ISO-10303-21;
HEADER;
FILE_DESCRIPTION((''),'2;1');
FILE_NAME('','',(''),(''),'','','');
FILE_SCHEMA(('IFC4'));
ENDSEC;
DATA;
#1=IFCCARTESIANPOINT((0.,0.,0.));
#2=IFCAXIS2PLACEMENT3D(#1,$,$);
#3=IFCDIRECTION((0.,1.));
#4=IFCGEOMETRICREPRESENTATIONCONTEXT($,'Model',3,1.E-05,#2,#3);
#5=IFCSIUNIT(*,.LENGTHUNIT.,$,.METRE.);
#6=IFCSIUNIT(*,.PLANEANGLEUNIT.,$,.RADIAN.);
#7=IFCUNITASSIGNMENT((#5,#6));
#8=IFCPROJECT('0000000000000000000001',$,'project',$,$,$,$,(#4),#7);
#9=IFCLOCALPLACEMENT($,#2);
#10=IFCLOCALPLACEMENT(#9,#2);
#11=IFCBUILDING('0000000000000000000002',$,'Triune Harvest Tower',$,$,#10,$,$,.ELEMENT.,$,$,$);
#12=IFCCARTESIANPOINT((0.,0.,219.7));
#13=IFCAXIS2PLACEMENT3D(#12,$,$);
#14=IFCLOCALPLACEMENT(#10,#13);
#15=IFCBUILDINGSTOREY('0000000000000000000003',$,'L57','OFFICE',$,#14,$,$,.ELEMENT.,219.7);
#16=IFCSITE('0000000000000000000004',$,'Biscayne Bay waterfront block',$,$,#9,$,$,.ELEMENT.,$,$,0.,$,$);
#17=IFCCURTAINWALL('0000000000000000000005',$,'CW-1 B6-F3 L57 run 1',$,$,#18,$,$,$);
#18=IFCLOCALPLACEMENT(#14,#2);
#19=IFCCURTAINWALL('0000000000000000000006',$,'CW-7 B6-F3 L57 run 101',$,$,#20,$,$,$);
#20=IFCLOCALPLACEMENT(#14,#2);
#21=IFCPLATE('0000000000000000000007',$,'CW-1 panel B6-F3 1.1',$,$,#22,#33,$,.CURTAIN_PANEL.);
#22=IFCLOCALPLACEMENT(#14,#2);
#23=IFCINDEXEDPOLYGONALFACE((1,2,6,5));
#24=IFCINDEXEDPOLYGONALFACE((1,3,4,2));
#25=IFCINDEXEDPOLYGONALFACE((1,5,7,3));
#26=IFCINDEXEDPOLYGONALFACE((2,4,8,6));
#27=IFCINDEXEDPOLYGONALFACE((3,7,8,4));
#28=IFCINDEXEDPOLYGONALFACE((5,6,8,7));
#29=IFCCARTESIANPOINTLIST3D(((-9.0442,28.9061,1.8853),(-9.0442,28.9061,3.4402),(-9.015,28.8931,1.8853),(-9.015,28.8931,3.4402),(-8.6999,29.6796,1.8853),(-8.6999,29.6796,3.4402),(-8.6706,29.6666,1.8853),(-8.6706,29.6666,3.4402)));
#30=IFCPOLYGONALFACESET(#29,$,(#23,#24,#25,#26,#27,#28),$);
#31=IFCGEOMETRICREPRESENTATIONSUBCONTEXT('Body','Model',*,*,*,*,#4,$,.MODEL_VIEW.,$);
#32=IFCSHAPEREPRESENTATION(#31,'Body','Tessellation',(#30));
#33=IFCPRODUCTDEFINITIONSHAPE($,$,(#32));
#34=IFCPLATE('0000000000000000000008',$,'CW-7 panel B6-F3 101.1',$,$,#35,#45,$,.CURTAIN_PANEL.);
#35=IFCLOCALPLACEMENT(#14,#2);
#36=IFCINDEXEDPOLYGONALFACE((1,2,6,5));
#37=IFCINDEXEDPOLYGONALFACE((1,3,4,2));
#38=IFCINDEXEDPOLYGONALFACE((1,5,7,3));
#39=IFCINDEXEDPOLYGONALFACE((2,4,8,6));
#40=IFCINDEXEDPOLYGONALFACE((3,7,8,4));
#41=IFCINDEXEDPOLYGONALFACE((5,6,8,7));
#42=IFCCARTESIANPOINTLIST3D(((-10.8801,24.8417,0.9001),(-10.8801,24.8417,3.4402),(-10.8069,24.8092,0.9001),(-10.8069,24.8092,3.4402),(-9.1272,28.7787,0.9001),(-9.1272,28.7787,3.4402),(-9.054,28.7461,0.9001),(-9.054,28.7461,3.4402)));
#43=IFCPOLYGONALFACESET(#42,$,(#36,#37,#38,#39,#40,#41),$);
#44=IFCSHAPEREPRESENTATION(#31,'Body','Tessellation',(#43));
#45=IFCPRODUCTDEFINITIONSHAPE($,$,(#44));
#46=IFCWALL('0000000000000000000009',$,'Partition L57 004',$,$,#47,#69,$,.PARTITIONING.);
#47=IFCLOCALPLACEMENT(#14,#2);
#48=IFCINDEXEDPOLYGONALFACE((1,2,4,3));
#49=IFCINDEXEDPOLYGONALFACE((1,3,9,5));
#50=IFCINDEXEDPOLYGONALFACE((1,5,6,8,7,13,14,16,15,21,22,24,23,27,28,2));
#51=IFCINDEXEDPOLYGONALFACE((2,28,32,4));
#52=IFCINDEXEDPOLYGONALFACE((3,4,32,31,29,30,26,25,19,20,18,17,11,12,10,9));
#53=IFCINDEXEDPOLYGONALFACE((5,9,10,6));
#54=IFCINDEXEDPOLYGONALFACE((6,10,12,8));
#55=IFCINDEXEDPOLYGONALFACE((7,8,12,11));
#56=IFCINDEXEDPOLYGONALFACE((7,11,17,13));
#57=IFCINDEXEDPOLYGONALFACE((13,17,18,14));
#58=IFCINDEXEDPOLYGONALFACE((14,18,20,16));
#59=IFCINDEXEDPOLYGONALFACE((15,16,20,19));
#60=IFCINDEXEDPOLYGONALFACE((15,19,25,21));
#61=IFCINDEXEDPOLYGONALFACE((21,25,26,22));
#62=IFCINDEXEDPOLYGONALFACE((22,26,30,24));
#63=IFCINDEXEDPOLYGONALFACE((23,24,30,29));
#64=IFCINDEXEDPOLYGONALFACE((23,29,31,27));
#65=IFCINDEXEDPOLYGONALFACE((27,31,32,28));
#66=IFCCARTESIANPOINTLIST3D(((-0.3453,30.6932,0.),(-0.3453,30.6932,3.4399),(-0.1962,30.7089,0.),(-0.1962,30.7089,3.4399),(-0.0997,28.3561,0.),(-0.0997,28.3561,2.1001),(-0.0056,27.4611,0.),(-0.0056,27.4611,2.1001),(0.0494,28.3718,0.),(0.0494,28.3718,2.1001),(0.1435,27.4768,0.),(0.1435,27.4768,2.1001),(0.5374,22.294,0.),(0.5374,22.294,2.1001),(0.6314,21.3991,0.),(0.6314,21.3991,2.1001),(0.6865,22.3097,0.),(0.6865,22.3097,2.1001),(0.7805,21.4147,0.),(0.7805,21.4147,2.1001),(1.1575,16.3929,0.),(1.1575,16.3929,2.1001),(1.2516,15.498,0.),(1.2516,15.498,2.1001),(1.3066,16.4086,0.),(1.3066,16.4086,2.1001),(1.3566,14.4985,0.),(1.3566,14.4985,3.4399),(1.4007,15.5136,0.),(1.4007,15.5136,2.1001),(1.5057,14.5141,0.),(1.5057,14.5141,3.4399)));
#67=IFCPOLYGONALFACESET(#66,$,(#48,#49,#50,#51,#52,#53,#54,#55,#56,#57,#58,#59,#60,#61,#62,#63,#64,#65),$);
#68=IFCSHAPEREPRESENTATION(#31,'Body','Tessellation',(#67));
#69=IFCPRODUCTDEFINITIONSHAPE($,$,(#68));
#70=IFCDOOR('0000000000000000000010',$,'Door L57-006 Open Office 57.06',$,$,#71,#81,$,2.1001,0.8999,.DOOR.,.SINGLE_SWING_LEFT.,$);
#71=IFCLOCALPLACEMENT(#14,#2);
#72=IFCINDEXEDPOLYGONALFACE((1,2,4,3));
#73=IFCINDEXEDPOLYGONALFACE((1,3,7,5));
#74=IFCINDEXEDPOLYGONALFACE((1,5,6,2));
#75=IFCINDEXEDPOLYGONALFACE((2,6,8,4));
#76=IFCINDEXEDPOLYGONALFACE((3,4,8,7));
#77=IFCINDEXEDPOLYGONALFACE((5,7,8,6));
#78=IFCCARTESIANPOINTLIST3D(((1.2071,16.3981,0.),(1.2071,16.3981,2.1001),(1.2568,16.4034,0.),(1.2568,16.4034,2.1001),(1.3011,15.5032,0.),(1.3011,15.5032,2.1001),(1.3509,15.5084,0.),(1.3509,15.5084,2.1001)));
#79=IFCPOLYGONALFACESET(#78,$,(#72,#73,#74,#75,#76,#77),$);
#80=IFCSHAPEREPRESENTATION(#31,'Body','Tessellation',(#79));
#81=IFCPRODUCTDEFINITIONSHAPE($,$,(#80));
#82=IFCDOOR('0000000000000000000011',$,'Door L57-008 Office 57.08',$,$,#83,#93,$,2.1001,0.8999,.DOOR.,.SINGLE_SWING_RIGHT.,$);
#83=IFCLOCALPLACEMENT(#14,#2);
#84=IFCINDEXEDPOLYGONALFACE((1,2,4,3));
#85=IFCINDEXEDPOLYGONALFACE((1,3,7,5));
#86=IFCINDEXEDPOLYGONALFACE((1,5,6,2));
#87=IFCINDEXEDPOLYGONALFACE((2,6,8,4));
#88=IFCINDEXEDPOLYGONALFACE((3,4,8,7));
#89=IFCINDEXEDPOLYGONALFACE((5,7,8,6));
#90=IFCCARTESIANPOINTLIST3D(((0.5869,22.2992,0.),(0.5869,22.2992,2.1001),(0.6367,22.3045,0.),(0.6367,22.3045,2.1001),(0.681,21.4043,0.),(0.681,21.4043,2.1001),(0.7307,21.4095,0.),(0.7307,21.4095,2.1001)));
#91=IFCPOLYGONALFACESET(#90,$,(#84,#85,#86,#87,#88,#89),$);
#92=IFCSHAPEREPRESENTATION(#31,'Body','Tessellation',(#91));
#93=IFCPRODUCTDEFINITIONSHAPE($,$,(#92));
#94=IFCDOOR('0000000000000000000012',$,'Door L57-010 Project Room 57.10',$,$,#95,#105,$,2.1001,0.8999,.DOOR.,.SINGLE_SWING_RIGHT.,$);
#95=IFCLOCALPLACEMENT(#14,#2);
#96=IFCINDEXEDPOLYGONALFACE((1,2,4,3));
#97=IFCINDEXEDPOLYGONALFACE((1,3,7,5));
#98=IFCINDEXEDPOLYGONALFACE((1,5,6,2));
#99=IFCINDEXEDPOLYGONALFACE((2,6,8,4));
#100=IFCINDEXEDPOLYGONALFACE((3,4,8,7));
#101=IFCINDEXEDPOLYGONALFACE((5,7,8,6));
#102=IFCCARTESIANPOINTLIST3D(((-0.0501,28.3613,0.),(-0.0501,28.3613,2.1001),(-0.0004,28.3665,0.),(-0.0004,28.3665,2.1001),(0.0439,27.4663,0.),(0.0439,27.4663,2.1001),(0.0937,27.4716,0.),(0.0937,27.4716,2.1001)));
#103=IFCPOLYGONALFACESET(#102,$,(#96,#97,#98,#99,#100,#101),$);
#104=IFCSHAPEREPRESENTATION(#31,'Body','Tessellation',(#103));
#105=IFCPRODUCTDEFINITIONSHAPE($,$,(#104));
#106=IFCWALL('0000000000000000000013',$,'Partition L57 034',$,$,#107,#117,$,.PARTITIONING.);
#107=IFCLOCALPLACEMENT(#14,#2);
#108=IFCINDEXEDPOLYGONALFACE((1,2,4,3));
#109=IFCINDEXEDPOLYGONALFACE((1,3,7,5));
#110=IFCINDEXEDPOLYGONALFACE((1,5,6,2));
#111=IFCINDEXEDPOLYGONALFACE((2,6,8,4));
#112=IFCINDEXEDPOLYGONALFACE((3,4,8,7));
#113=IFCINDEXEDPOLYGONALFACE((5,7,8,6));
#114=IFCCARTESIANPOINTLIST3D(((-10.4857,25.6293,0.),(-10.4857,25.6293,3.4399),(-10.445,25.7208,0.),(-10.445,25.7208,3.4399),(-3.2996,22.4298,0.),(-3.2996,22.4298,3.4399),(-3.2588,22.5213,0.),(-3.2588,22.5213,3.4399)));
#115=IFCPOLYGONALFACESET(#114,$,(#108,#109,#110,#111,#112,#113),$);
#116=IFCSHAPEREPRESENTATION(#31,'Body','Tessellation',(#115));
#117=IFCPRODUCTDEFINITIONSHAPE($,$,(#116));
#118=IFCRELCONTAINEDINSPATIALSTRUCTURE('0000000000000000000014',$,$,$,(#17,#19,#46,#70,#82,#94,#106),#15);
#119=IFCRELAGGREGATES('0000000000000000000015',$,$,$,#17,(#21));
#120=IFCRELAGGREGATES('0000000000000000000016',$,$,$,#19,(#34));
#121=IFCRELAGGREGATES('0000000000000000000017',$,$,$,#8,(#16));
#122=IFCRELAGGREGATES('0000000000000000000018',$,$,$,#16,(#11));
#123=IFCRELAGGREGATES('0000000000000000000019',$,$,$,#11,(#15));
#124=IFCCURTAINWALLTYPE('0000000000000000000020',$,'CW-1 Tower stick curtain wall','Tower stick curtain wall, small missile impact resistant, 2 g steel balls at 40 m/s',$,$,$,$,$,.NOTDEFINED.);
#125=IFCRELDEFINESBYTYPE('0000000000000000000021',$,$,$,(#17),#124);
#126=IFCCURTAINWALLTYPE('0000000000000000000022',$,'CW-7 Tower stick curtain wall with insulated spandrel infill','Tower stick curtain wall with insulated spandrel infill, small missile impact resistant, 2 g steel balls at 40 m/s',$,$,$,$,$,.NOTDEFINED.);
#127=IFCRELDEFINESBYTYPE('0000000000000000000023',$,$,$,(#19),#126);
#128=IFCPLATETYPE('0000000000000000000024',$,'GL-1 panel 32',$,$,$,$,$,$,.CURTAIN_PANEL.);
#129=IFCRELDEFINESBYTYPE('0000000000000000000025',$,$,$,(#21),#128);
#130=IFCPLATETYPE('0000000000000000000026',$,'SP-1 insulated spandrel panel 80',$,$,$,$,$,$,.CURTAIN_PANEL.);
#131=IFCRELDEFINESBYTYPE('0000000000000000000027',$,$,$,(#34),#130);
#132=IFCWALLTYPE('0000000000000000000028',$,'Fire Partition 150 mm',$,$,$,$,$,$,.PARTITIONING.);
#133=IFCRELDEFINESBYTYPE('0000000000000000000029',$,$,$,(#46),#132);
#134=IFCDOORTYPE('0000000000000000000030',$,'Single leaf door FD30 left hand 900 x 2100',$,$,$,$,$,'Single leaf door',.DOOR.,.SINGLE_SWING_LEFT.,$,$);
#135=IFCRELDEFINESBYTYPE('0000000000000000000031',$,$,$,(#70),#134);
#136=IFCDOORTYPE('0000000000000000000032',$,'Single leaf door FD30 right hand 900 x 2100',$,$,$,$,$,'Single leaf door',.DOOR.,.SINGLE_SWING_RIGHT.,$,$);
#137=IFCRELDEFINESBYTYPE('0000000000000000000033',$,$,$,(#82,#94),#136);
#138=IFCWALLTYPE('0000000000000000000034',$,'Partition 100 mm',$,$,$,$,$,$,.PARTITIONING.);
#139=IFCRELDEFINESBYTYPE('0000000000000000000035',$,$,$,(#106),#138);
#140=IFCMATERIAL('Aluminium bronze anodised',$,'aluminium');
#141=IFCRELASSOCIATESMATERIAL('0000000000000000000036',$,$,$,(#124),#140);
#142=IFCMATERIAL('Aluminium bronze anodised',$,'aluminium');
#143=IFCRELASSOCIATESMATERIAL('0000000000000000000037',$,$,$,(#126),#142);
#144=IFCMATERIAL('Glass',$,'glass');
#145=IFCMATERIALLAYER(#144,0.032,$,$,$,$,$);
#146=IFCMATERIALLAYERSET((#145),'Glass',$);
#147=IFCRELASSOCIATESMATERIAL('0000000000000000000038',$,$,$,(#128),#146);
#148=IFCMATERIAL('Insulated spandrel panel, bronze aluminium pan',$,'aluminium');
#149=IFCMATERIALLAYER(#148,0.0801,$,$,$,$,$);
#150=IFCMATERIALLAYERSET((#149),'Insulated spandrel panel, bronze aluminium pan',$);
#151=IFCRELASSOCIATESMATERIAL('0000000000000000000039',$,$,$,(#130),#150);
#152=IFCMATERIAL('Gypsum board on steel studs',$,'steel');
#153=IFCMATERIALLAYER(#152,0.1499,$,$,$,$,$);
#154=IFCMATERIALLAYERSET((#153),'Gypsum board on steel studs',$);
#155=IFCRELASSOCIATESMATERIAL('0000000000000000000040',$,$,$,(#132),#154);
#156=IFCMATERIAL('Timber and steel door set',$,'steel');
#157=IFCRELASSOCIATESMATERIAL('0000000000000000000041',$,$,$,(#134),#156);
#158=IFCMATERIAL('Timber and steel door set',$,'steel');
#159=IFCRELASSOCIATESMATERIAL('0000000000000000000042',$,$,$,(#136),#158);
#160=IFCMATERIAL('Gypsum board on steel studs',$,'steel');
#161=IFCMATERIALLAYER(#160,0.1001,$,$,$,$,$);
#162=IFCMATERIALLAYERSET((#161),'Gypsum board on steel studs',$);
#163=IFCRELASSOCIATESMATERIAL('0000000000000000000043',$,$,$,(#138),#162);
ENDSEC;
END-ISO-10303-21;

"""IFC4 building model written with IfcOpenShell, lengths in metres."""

from ifc_helpers import new_model, si_unit, direction, frame, frame_2d, origin, origin_2d, place, context, subcontext, project, spatial, rectangle, extrude, source, transform, mapped, material, layer, layer_set, type_object, element, fill, aggregate, save


model = new_model("IFC4")

# Units and contexts
model_context = context("Model", 3, precision=1e-05, world=origin(), true_north=direction((0.0, 1.0)))
body_context = subcontext(model_context, "Body", "Model", "MODEL_VIEW")
ifc_project = project(units=[si_unit("LENGTHUNIT", "METRE"), si_unit("PLANEANGLEUNIT", "RADIAN")], contexts=[model_context])

# Site, building, storey
site_placement = place(None, origin())
site = spatial("IfcSite", under=ifc_project, at=site_placement, Name="Biscayne Bay waterfront block", CompositionType="ELEMENT", RefElevation=0.0)
building_placement = place(site_placement, origin())
building = spatial("IfcBuilding", under=site, at=building_placement, Name="Triune Harvest Tower", CompositionType="ELEMENT")
storey_placement = place(building_placement, frame((0.0, 0.0, 219.7)))
storey = spatial("IfcBuildingStorey", under=building, at=storey_placement, Name="L57", Description="OFFICE", CompositionType="ELEMENT", Elevation=219.7)

# Curtain wall
ifc_material_1 = material(Name="Aluminium bronze anodised", Category="aluminium")
curtain_wall_type_1 = type_object("IfcCurtainWallType", Name="CW-1 Tower stick curtain wall", Description="Tower stick curtain wall, small missile impact resistant, 2 g steel balls at 40 m/s", PredefinedType="NOTDEFINED", material=ifc_material_1)
curtain_wall_1_placement = place(storey_placement, origin())
curtain_wall_1 = element("IfcCurtainWall", 1, at=curtain_wall_1_placement, inside=storey, type_object=curtain_wall_type_1, Name="CW-1 B6-F3 L57 run 1")

# Curtain wall
ifc_material_2 = material(Name="Aluminium bronze anodised", Category="aluminium")
curtain_wall_type_2 = type_object("IfcCurtainWallType", Name="CW-7 Tower stick curtain wall with insulated spandrel infill", Description="Tower stick curtain wall with insulated spandrel infill, small missile impact resistant, 2 g steel balls at 40 m/s", PredefinedType="NOTDEFINED", material=ifc_material_2)
curtain_wall_2_placement = place(storey_placement, origin())
curtain_wall_2 = element("IfcCurtainWall", 2, at=curtain_wall_2_placement, inside=storey, type_object=curtain_wall_type_2, Name="CW-7 B6-F3 L57 run 101")

# Plates
ifc_material_3 = material(Name="Glass", Category="glass")
ifc_layer_1 = layer(ifc_material_3, 0.032)
ifc_layer_set_1 = layer_set([ifc_layer_1], Name="Glass")
plate_type_1 = type_object("IfcPlateType", Name="GL-1 panel 32", PredefinedType="CURTAIN_PANEL", material=ifc_layer_set_1)
shared_shape_1 = source(origin(), body_context, "Body", "SweptSolid", [
    extrude(rectangle(XDim=0.8467, YDim=0.032, at=origin_2d()), origin(), (0.0, 0.0, 1.0), 1.5549),
])
plate_1_placement = place(storey_placement, frame((-8.8574, 29.2864, 1.8853), z_axis=(0.0, 0.0, 1.0), x_axis=(-0.406716, -0.913555, 0.0)))
plate_1 = element("IfcPlate", 3, at=plate_1_placement, type_object=plate_type_1, Name="CW-1 panel B6-F3 1.1", PredefinedType="CURTAIN_PANEL", context=body_context, shape_type="MappedRepresentation", body=[
    mapped(shared_shape_1, transform((0.0, 0.0, 0.0), scale=1.0)),
])
aggregate(curtain_wall_1, [plate_1])
ifc_material_4 = material(Name="Insulated spandrel panel, bronze aluminium pan", Category="aluminium")
ifc_layer_2 = layer(ifc_material_4, 0.0801)
ifc_layer_set_2 = layer_set([ifc_layer_2], Name="Insulated spandrel panel, bronze aluminium pan")
plate_type_2 = type_object("IfcPlateType", Name="SP-1 insulated spandrel panel 80", PredefinedType="CURTAIN_PANEL", material=ifc_layer_set_2)
shared_shape_2 = source(origin(), body_context, "Body", "SweptSolid", [
    extrude(rectangle(XDim=4.3096, YDim=0.0801, at=origin_2d()), origin(), (0.0, 0.0, 1.0), 2.54),
])
plate_2_placement = place(storey_placement, frame((-9.967, 26.7939, 0.9001), z_axis=(0.0, 0.0, 1.0), x_axis=(-0.406743, -0.913543, 0.0)))
plate_2 = element("IfcPlate", 4, at=plate_2_placement, type_object=plate_type_2, Name="CW-7 panel B6-F3 101.1", PredefinedType="CURTAIN_PANEL", context=body_context, shape_type="MappedRepresentation", body=[
    mapped(shared_shape_2, transform((0.0, 0.0, 0.0), scale=1.0)),
])
aggregate(curtain_wall_2, [plate_2])

# Wall, openings, doors
ifc_material_5 = material(Name="Gypsum board on steel studs", Category="steel")
ifc_layer_3 = layer(ifc_material_5, 0.1499)
ifc_layer_set_3 = layer_set([ifc_layer_3], Name="Gypsum board on steel studs")
wall_type_1 = type_object("IfcWallType", Name="Fire Partition 150 mm", PredefinedType="PARTITIONING", material=ifc_layer_set_3)
wall_1_placement = place(storey_placement, frame((-0.2708, 30.7012, 0.0), z_axis=(0.0, 0.0, 1.0), x_axis=(0.104514, -0.994523, 0.0)))
wall_1 = element("IfcWall", 5, at=wall_1_placement, inside=storey, type_object=wall_type_1, Name="Partition L57 004", PredefinedType="PARTITIONING", context=body_context, shape_type="SweptSolid", body=[
    extrude(rectangle(XDim=16.2839, YDim=0.1499, at=frame_2d((8.1421, 0.0))), origin(), (0.0, 0.0, 1.0), 3.4399),
])
opening_1_placement = place(wall_1_placement, frame((14.3792, 0.0, 0.0)))
opening_1 = element("IfcOpeningElement", 6, at=opening_1_placement, cuts=wall_1, PredefinedType="OPENING", context=body_context, shape_type="SweptSolid", body=[
    extrude(rectangle(XDim=0.8999, YDim=2.1001, at=frame_2d((0.45, 1.05))), frame((0.0, 0.085, 0.0), z_axis=(0.0, -1.0, 0.0), x_axis=(1.0, 0.0, 0.0)), (0.0, 0.0, 1.0), 0.1699),
])
opening_2_placement = place(wall_1_placement, frame((8.4456, 0.0, 0.0)))
opening_2 = element("IfcOpeningElement", 7, at=opening_2_placement, cuts=wall_1, PredefinedType="OPENING", context=body_context, shape_type="SweptSolid", body=[
    extrude(rectangle(XDim=0.8999, YDim=2.1001, at=frame_2d((0.45, 1.05))), frame((0.0, 0.085, 0.0), z_axis=(0.0, -1.0, 0.0), x_axis=(1.0, 0.0, 0.0)), (0.0, 0.0, 1.0), 0.1699),
])
opening_3_placement = place(wall_1_placement, frame((2.3501, 0.0, 0.0)))
opening_3 = element("IfcOpeningElement", 8, at=opening_3_placement, cuts=wall_1, PredefinedType="OPENING", context=body_context, shape_type="SweptSolid", body=[
    extrude(rectangle(XDim=0.8999, YDim=2.1001, at=frame_2d((0.45, 1.05))), frame((0.0, 0.085, 0.0), z_axis=(0.0, -1.0, 0.0), x_axis=(1.0, 0.0, 0.0)), (0.0, 0.0, 1.0), 0.1699),
])
ifc_material_6 = material(Name="Timber and steel door set", Category="steel")
door_type_1 = type_object("IfcDoorType", Name="Single leaf door FD30 left hand 900 x 2100", ElementType="Single leaf door", OperationType="SINGLE_SWING_LEFT", PredefinedType="DOOR", material=ifc_material_6)
door_1_placement = place(opening_1_placement, origin())
door_1 = element("IfcDoor", 9, at=door_1_placement, inside=storey, type_object=door_type_1, Name="Door L57-006 Open Office 57.06", OperationType="SINGLE_SWING_LEFT", OverallHeight=2.1001, OverallWidth=0.8999, PredefinedType="DOOR", context=body_context, shape_type="SweptSolid", body=[
    extrude(rectangle(XDim=0.8999, YDim=2.1001, at=frame_2d((0.45, 1.05))), frame((0.0, 0.0249, 0.0), z_axis=(0.0, -1.0, 0.0), x_axis=(1.0, 0.0, 0.0)), (0.0, 0.0, 1.0), 0.05),
])
fill(opening_1, door_1)
ifc_material_7 = material(Name="Timber and steel door set", Category="steel")
door_type_2 = type_object("IfcDoorType", Name="Single leaf door FD30 right hand 900 x 2100", ElementType="Single leaf door", OperationType="SINGLE_SWING_RIGHT", PredefinedType="DOOR", material=ifc_material_7)
door_2_placement = place(opening_2_placement, origin())
door_2 = element("IfcDoor", 10, at=door_2_placement, inside=storey, type_object=door_type_2, Name="Door L57-008 Office 57.08", OperationType="SINGLE_SWING_RIGHT", OverallHeight=2.1001, OverallWidth=0.8999, PredefinedType="DOOR", context=body_context, shape_type="SweptSolid", body=[
    extrude(rectangle(XDim=0.8999, YDim=2.1001, at=frame_2d((0.45, 1.05))), frame((0.0, 0.0249, 0.0), z_axis=(0.0, -1.0, 0.0), x_axis=(1.0, 0.0, 0.0)), (0.0, 0.0, 1.0), 0.05),
])
fill(opening_2, door_2)
door_3_placement = place(opening_3_placement, origin())
door_3 = element("IfcDoor", 11, at=door_3_placement, inside=storey, type_object=door_type_2, Name="Door L57-010 Project Room 57.10", OperationType="SINGLE_SWING_RIGHT", OverallHeight=2.1001, OverallWidth=0.8999, PredefinedType="DOOR", context=body_context, shape_type="SweptSolid", body=[
    extrude(rectangle(XDim=0.8999, YDim=2.1001, at=frame_2d((0.45, 1.05))), frame((0.0, 0.0249, 0.0), z_axis=(0.0, -1.0, 0.0), x_axis=(1.0, 0.0, 0.0)), (0.0, 0.0, 1.0), 0.05),
])
fill(opening_3, door_3)

# Wall
ifc_material_8 = material(Name="Gypsum board on steel studs", Category="steel")
ifc_layer_4 = layer(ifc_material_8, 0.1001)
ifc_layer_set_4 = layer_set([ifc_layer_4], Name="Gypsum board on steel studs")
wall_type_2 = type_object("IfcWallType", Name="Partition 100 mm", PredefinedType="PARTITIONING", material=ifc_layer_set_4)
wall_2_placement = place(storey_placement, frame((-10.4653, 25.675, 0.0), z_axis=(0.0, 0.0, 1.0), x_axis=(0.913544, -0.40674, 0.0)))
element("IfcWall", 12, at=wall_2_placement, inside=storey, type_object=wall_type_2, Name="Partition L57 034", PredefinedType="PARTITIONING", context=body_context, shape_type="SweptSolid", body=[
    extrude(rectangle(XDim=7.8662, YDim=0.1001, at=frame_2d((3.9331, 0.0))), origin(), (0.0, 0.0, 1.0), 3.4399),
])

save(model, "model.ifc")
